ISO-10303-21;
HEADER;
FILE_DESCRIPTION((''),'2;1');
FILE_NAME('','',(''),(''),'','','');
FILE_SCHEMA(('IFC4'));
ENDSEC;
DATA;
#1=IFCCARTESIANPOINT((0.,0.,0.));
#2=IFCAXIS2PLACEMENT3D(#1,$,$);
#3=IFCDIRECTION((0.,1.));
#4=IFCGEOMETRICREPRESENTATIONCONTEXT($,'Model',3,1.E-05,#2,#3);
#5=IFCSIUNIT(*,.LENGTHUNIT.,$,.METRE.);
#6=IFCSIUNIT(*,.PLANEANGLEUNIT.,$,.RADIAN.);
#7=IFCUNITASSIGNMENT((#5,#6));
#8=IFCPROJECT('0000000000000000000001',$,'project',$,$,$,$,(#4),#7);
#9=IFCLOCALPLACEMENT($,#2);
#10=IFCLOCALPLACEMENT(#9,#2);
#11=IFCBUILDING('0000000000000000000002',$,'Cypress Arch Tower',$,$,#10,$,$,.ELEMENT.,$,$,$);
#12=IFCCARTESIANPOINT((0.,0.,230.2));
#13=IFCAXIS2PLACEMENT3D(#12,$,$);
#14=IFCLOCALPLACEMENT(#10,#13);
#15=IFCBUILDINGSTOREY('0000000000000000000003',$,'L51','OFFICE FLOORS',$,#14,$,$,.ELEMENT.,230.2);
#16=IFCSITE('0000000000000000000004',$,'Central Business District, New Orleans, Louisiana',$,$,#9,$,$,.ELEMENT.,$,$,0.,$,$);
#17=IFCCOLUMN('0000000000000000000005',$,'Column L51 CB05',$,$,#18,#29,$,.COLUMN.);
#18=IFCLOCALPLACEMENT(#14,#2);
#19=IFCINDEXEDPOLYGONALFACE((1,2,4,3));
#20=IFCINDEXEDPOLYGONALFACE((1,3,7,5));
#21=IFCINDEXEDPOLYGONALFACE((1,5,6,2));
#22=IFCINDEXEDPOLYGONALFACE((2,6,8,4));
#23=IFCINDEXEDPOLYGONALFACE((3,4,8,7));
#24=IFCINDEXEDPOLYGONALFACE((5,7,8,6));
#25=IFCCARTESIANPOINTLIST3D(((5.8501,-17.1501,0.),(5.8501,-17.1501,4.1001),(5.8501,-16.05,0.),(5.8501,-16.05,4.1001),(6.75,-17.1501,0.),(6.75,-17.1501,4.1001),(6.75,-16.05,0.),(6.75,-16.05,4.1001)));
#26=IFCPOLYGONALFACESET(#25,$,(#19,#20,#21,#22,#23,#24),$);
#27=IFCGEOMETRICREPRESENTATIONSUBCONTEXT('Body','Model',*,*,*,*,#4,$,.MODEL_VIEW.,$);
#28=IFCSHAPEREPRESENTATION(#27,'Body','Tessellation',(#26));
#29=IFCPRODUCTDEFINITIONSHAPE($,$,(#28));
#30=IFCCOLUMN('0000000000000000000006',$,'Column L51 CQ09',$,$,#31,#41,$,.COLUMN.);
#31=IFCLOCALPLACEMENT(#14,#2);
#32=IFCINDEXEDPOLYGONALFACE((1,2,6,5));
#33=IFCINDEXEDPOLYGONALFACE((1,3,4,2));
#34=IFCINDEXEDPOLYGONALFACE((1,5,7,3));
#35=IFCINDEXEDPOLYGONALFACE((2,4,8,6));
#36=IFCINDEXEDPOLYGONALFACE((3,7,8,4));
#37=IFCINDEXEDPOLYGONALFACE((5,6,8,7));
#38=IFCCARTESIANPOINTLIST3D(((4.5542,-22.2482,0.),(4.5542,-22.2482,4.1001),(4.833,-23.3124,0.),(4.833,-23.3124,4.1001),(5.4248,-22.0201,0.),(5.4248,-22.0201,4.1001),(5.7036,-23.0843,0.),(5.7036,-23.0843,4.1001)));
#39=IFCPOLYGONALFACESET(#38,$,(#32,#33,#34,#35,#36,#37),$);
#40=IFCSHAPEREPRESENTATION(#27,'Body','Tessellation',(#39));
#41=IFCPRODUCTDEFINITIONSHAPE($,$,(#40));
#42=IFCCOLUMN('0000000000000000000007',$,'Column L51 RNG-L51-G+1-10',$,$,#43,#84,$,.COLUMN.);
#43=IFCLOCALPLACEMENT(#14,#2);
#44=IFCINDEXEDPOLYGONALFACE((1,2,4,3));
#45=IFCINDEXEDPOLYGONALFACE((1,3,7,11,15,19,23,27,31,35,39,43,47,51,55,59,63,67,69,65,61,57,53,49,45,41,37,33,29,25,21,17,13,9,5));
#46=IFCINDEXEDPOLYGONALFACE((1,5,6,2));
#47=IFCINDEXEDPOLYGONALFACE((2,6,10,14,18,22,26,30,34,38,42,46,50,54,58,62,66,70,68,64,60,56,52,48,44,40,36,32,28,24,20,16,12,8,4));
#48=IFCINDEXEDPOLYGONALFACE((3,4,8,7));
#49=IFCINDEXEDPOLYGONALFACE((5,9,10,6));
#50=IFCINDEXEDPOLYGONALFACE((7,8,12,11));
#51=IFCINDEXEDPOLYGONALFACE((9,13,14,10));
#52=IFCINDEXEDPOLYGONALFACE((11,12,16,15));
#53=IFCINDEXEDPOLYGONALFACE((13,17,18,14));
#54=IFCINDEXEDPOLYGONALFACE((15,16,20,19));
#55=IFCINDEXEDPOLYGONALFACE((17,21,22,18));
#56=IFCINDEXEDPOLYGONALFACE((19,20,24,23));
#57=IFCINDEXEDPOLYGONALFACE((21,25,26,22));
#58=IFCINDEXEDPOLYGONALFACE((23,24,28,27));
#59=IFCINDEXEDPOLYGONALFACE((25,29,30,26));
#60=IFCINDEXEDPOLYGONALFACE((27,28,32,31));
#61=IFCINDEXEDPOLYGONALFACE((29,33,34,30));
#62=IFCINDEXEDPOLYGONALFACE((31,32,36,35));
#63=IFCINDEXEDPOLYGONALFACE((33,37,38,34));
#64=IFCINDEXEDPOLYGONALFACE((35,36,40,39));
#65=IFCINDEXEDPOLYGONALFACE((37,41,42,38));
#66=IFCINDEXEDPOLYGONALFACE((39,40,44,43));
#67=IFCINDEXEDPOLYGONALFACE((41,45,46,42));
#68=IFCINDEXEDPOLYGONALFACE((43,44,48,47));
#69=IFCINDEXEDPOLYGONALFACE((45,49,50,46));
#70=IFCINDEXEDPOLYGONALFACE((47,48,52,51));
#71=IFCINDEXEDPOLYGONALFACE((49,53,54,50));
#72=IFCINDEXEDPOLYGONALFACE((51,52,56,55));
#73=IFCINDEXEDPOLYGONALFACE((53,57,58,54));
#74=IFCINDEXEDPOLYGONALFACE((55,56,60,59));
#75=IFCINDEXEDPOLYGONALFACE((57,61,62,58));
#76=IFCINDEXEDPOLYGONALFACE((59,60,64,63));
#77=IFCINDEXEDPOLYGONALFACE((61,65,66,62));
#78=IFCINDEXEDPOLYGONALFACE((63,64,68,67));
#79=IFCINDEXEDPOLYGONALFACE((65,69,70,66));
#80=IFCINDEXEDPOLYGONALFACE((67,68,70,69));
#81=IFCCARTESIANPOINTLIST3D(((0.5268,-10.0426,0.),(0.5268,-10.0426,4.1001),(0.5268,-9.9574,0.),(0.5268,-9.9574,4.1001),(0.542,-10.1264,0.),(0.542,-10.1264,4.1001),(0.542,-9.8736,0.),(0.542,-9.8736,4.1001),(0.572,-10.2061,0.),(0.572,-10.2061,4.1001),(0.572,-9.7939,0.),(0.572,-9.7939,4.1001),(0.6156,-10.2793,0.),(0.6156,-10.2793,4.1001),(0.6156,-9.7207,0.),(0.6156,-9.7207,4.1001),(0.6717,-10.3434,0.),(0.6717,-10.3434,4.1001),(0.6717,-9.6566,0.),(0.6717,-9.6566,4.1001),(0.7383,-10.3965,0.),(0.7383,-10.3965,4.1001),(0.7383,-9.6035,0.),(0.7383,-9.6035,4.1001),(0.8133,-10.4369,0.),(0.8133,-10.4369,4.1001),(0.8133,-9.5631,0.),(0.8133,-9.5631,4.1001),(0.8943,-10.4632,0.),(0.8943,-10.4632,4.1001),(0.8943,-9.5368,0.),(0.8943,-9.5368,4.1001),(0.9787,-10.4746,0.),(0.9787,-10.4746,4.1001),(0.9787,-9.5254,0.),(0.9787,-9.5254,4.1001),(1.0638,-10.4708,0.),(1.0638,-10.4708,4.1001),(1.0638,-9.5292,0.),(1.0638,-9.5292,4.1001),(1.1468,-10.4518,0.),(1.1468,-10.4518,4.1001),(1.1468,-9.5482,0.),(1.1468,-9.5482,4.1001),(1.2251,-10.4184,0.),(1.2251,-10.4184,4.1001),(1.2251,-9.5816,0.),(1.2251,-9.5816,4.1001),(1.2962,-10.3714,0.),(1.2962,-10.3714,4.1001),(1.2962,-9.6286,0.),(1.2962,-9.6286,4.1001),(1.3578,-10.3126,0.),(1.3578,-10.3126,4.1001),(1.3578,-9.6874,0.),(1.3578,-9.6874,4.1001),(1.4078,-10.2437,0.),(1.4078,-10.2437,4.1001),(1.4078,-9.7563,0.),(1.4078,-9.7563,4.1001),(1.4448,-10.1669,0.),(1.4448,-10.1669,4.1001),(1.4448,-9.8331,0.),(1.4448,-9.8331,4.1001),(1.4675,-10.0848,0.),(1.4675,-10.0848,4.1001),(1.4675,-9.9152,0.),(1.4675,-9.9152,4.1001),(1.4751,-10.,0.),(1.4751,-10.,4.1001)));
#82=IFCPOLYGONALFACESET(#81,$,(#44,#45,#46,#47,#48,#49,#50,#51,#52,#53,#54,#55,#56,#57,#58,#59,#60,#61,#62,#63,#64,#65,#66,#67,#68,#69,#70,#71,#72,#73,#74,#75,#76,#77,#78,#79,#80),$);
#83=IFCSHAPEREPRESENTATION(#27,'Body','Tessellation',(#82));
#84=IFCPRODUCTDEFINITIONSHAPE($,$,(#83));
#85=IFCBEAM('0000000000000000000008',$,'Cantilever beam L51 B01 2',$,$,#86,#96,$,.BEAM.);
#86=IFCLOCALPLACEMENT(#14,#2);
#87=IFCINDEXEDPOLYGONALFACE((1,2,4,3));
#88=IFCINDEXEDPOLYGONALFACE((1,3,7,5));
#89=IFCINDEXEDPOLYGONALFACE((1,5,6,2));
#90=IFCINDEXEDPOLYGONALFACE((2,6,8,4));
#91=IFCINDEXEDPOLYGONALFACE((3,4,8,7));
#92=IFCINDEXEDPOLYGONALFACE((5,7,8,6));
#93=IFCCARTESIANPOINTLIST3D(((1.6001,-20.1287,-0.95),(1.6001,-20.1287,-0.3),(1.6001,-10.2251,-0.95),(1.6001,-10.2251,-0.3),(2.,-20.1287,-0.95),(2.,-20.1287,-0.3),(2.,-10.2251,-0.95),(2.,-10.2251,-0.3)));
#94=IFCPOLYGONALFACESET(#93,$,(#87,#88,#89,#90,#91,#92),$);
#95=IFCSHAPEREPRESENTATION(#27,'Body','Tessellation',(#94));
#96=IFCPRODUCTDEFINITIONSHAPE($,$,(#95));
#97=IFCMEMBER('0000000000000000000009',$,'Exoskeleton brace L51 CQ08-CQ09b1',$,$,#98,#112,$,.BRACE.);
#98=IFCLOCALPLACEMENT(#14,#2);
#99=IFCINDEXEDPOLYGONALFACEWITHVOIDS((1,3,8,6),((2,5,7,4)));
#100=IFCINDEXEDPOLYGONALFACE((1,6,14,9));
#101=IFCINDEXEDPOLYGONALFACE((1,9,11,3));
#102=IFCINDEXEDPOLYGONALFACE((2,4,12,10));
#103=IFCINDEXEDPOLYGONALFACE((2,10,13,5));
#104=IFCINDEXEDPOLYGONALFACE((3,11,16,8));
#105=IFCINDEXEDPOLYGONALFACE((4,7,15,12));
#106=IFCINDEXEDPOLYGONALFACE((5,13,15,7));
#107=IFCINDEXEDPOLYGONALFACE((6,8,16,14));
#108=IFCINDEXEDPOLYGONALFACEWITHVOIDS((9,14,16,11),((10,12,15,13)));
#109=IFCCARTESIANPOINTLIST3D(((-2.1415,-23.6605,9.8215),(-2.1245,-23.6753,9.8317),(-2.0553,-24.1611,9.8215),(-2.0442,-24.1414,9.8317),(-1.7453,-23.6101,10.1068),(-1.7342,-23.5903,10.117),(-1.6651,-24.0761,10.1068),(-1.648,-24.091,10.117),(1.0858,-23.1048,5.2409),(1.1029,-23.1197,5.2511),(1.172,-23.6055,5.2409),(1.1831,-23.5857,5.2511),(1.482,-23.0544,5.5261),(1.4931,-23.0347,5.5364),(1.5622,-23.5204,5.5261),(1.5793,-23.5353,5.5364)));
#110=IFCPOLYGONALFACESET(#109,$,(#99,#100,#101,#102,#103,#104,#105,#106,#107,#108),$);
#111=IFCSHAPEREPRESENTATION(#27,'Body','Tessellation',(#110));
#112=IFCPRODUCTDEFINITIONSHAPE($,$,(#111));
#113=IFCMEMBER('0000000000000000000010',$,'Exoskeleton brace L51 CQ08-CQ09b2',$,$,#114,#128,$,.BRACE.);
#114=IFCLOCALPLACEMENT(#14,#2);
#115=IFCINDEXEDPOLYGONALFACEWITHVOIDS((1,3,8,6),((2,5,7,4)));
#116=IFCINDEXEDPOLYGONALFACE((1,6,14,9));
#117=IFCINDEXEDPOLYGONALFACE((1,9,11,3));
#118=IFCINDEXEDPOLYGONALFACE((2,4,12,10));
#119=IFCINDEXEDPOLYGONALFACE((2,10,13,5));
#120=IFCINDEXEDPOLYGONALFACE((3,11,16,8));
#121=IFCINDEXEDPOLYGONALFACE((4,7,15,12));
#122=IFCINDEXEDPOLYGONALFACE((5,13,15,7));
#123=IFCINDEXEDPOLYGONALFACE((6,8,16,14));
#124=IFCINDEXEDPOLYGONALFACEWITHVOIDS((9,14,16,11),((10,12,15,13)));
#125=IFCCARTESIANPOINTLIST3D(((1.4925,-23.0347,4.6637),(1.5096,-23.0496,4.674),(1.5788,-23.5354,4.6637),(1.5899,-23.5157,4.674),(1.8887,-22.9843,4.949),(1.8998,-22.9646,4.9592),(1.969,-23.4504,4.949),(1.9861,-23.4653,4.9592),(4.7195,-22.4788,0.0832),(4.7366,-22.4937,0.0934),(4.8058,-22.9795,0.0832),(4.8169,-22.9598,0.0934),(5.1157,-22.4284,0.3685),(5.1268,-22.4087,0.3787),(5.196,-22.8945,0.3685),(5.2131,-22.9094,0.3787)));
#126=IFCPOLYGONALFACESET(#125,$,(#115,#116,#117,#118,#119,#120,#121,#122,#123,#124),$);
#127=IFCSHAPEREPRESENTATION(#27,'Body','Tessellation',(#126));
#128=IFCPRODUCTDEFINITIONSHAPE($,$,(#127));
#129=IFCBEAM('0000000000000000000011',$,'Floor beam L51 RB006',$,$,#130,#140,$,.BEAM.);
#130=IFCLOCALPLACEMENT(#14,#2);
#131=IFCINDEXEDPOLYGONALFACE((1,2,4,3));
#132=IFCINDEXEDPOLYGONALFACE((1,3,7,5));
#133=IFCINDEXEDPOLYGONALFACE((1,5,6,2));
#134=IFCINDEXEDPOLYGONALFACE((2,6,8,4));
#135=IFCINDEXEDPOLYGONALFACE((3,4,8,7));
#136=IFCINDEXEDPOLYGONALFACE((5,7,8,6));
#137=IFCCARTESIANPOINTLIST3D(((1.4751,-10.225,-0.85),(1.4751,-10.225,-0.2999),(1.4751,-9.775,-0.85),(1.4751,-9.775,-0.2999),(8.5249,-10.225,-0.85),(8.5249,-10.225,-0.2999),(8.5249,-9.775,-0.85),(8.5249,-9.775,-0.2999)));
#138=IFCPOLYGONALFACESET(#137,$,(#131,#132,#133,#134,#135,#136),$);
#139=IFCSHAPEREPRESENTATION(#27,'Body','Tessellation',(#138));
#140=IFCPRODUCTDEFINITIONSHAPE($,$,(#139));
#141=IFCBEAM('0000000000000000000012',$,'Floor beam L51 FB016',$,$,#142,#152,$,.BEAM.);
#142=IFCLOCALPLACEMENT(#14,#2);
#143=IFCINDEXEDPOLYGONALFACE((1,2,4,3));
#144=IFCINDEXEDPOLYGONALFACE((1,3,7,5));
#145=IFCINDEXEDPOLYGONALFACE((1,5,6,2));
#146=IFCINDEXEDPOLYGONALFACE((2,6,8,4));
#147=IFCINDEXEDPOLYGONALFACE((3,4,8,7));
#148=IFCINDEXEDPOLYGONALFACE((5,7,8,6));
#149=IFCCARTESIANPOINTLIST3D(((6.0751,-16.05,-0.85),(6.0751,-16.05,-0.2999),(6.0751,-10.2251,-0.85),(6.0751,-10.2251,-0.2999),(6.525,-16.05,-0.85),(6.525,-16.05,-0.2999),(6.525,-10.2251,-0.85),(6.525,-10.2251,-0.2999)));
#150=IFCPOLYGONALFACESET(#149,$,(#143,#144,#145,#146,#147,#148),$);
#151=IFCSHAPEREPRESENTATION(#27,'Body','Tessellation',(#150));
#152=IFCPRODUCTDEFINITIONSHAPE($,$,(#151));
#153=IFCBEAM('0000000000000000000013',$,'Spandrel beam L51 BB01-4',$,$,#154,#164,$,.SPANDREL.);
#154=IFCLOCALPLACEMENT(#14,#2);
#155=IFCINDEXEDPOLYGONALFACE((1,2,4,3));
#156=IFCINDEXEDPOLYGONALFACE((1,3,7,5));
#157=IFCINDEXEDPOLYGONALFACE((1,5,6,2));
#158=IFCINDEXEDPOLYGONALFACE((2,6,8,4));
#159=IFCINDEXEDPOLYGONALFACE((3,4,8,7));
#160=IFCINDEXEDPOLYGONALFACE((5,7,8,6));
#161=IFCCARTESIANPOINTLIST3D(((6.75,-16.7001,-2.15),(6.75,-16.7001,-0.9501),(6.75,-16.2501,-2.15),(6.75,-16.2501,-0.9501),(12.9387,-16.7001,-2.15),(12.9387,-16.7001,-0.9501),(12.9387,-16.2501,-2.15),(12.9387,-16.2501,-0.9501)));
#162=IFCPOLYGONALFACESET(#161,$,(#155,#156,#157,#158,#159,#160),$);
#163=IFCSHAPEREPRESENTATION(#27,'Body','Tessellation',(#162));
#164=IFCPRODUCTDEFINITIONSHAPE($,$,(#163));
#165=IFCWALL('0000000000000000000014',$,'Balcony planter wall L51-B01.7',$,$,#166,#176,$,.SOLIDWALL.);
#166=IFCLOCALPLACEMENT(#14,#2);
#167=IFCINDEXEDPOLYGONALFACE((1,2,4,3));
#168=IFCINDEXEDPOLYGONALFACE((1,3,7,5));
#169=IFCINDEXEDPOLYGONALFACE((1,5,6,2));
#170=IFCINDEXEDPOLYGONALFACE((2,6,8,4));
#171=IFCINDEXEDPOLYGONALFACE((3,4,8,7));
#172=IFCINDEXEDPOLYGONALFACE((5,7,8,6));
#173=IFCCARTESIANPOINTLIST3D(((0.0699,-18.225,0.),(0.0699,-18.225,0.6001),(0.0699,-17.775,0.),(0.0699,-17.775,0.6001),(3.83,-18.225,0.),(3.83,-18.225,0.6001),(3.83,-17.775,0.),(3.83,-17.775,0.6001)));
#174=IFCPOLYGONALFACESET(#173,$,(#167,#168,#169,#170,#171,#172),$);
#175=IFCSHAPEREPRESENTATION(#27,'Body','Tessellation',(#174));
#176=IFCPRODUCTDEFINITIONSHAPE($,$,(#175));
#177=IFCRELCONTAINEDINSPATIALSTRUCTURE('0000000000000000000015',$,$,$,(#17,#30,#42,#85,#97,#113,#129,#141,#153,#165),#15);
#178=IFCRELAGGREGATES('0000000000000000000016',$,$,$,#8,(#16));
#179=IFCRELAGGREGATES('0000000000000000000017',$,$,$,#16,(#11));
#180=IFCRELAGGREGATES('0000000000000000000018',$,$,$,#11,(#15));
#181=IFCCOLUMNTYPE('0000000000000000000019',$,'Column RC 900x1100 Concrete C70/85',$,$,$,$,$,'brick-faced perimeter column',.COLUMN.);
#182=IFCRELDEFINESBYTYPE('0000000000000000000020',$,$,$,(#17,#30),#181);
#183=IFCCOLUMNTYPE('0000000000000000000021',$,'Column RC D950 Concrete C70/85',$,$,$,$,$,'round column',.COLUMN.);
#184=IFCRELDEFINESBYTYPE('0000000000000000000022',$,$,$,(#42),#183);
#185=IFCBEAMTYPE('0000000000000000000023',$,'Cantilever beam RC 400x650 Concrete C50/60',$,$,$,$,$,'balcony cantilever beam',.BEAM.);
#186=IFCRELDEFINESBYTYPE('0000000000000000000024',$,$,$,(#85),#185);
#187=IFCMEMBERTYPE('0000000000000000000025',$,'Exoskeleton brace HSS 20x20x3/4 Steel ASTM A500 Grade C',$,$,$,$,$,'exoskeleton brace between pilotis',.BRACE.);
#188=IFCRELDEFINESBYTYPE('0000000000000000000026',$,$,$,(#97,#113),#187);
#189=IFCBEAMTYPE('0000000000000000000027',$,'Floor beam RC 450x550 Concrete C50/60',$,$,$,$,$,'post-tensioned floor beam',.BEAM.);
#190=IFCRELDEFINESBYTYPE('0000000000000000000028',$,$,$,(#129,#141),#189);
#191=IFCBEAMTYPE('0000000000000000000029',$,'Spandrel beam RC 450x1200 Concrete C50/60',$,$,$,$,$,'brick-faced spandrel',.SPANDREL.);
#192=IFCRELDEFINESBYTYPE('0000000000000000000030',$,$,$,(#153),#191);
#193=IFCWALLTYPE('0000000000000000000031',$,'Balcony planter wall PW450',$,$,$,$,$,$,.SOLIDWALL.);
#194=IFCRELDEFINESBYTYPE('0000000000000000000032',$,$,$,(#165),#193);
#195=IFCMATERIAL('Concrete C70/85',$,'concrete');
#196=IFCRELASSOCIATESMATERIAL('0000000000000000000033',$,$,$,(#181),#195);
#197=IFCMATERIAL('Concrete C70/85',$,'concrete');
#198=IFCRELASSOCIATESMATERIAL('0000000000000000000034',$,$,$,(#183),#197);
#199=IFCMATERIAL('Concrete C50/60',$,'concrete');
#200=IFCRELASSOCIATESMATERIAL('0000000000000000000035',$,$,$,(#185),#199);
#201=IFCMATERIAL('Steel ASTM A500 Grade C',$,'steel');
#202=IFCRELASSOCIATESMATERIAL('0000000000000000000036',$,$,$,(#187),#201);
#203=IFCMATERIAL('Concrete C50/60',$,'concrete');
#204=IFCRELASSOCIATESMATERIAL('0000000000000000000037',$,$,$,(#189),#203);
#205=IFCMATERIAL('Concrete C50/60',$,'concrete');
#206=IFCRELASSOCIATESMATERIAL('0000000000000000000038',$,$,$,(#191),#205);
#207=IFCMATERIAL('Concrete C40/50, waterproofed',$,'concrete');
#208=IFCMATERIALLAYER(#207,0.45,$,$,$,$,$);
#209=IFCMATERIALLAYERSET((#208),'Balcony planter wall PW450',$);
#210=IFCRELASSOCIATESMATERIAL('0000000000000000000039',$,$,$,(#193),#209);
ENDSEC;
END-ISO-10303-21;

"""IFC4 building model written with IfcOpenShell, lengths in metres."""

from ifc_helpers import new_model, si_unit, direction, frame, frame_2d, origin, origin_2d, place, context, subcontext, project, spatial, rectangle, hollow_rectangle, circle, extrude, material, layer, layer_set, material_profile, profile_set, type_object, element, save


model = new_model("IFC4")

# Units and contexts
model_context = context("Model", 3, precision=1e-05, world=origin(), true_north=direction((0.0, 1.0)))
body_context = subcontext(model_context, "Body", "Model", "MODEL_VIEW")
ifc_project = project(units=[si_unit("LENGTHUNIT", "METRE"), si_unit("PLANEANGLEUNIT", "RADIAN")], contexts=[model_context])

# Site, building, storey
site_placement = place(None, origin())
site = spatial("IfcSite", under=ifc_project, at=site_placement, Name="Central Business District, New Orleans, Louisiana", CompositionType="ELEMENT", RefElevation=0.0)
building_placement = place(site_placement, origin())
building = spatial("IfcBuilding", under=site, at=building_placement, Name="Cypress Arch Tower", CompositionType="ELEMENT")
storey_placement = place(building_placement, frame((0.0, 0.0, 230.2)))
storey = spatial("IfcBuildingStorey", under=building, at=storey_placement, Name="L51", Description="OFFICE FLOORS", CompositionType="ELEMENT", Elevation=230.2)

# Columns
ifc_material_1 = material(Name="Concrete C70/85", Category="concrete")
ifc_material_profile_1 = material_profile(ifc_material_1, rectangle(XDim=0.8999, YDim=1.1001, at=origin_2d()), Name="RC 900x1100")
ifc_profile_set_1 = profile_set([ifc_material_profile_1], Name="Concrete C70/85")
column_type_1 = type_object("IfcColumnType", Name="Column RC 900x1100 Concrete C70/85", ElementType="brick-faced perimeter column", PredefinedType="COLUMN", material=ifc_profile_set_1)
for number, where, z_axis, x_axis, name in (
    (1, (6.3, -16.6001, 0.0), (0.0, 0.0, 1.0), (1.0, 0.0, 0.0), "Column L51 CB05"),
    (2, (5.1289, -22.6663, 0.0), (0.0, 0.0, 1.0), (0.967356, 0.253422, 0.0), "Column L51 CQ09"),
):
    element("IfcColumn", number, at=place(storey_placement, frame(where, z_axis=z_axis, x_axis=x_axis)), inside=storey, type_object=column_type_1, Name=name, PredefinedType="COLUMN", context=body_context, shape_type="SweptSolid", body=[
        extrude(rectangle(XDim=0.8999, YDim=1.1001, at=origin_2d()), origin(), (0.0, 0.0, 1.0), 4.1001),
    ])
ifc_material_2 = material(Name="Concrete C70/85", Category="concrete")
ifc_material_profile_2 = material_profile(ifc_material_2, circle(Radius=0.4751, at=origin_2d()), Name="RC D950")
ifc_profile_set_2 = profile_set([ifc_material_profile_2], Name="Concrete C70/85")
column_type_2 = type_object("IfcColumnType", Name="Column RC D950 Concrete C70/85", ElementType="round column", PredefinedType="COLUMN", material=ifc_profile_set_2)
column_placement = place(storey_placement, frame((1.0, -10.0, 0.0), z_axis=(0.0, 0.0, 1.0), x_axis=(1.0, 0.0, 0.0)))
element("IfcColumn", 3, at=column_placement, inside=storey, type_object=column_type_2, Name="Column L51 RNG-L51-G+1-10", PredefinedType="COLUMN", context=body_context, shape_type="SweptSolid", body=[
    extrude(circle(Radius=0.4751, at=origin_2d()), origin(), (0.0, 0.0, 1.0), 4.1001),
])

# Beam
ifc_material_3 = material(Name="Concrete C50/60", Category="concrete")
ifc_material_profile_3 = material_profile(ifc_material_3, rectangle(XDim=0.3999, YDim=0.6499, at=origin_2d()), Name="RC 400x650")
ifc_profile_set_3 = profile_set([ifc_material_profile_3], Name="Concrete C50/60")
beam_type_1 = type_object("IfcBeamType", Name="Cantilever beam RC 400x650 Concrete C50/60", ElementType="balcony cantilever beam", PredefinedType="BEAM", material=ifc_profile_set_3)
beam_1_placement = place(storey_placement, frame((1.8, -10.2251, -0.625), z_axis=(0.0, -1.0, 0.0), x_axis=(1.0, 0.0, 0.0)))
element("IfcBeam", 4, at=beam_1_placement, inside=storey, type_object=beam_type_1, Name="Cantilever beam L51 B01 2", PredefinedType="BEAM", context=body_context, shape_type="SweptSolid", body=[
    extrude(rectangle(XDim=0.3999, YDim=0.6499, at=origin_2d()), origin(), (0.0, 0.0, 1.0), 9.9036),
])

# Members
ifc_material_4 = material(Name="Steel ASTM A500 Grade C", Category="steel")
ifc_material_profile_4 = material_profile(ifc_material_4, hollow_rectangle(XDim=0.5081, YDim=0.5081, WallThickness=0.0176, at=origin_2d()), Name="HSS 20x20x3/4")
ifc_profile_set_4 = profile_set([ifc_material_profile_4], Name="Steel ASTM A500 Grade C")
member_type = type_object("IfcMemberType", Name="Exoskeleton brace HSS 20x20x3/4 Steel ASTM A500 Grade C", ElementType="exoskeleton brace between pilotis", PredefinedType="BRACE", material=ifc_profile_set_4)
member_1_placement = place(storey_placement, frame((-1.8948, -23.8757, 9.9692), z_axis=(0.573151, 0.098683, -0.813486), x_axis=(-0.16968, 0.985499, 0.0)))
element("IfcMember", 5, at=member_1_placement, inside=storey, type_object=member_type, Name="Exoskeleton brace L51 CQ08-CQ09b1", PredefinedType="BRACE", context=body_context, shape_type="SweptSolid", body=[
    extrude(hollow_rectangle(XDim=0.5081, YDim=0.5081, WallThickness=0.0176, at=origin_2d()), origin(), (0.0, 0.0, 1.0), 5.6309),
])
member_2_placement = place(storey_placement, frame((4.9663, -22.6941, 0.231), z_axis=(-0.57312, -0.098729, 0.813502), x_axis=(0.169765, -0.985485, 0.0)))
element("IfcMember", 6, at=member_2_placement, inside=storey, type_object=member_type, Name="Exoskeleton brace L51 CQ08-CQ09b2", PredefinedType="BRACE", context=body_context, shape_type="SweptSolid", body=[
    extrude(hollow_rectangle(XDim=0.5081, YDim=0.5081, WallThickness=0.0176, at=origin_2d()), origin(), (0.0, 0.0, 1.0), 5.6306),
])

# Beams
ifc_material_5 = material(Name="Concrete C50/60", Category="concrete")
ifc_material_profile_5 = material_profile(ifc_material_5, rectangle(XDim=0.45, YDim=0.55, at=origin_2d()), Name="RC 450x550")
ifc_profile_set_5 = profile_set([ifc_material_profile_5], Name="Concrete C50/60")
beam_type_2 = type_object("IfcBeamType", Name="Floor beam RC 450x550 Concrete C50/60", ElementType="post-tensioned floor beam", PredefinedType="BEAM", material=ifc_profile_set_5)
beam_2_placement = place(storey_placement, frame((1.4751, -10.0, -0.575), z_axis=(1.0, 0.0, 0.0), x_axis=(0.0, 1.0, 0.0)))
element("IfcBeam", 7, at=beam_2_placement, inside=storey, type_object=beam_type_2, Name="Floor beam L51 RB006", PredefinedType="BEAM", context=body_context, shape_type="SweptSolid", body=[
    extrude(rectangle(XDim=0.45, YDim=0.55, at=origin_2d()), origin(), (0.0, 0.0, 1.0), 7.0498),
])
beam_3_placement = place(storey_placement, frame((6.3, -16.05, -0.575), z_axis=(0.0, 1.0, 0.0), x_axis=(-1.0, 0.0, 0.0)))
element("IfcBeam", 8, at=beam_3_placement, inside=storey, type_object=beam_type_2, Name="Floor beam L51 FB016", PredefinedType="BEAM", context=body_context, shape_type="SweptSolid", body=[
    extrude(rectangle(XDim=0.45, YDim=0.55, at=origin_2d()), origin(), (0.0, 0.0, 1.0), 5.825),
])
ifc_material_6 = material(Name="Concrete C50/60", Category="concrete")
ifc_material_profile_6 = material_profile(ifc_material_6, rectangle(XDim=0.45, YDim=1.2, at=origin_2d()), Name="RC 450x1200")
ifc_profile_set_6 = profile_set([ifc_material_profile_6], Name="Concrete C50/60")
beam_type_3 = type_object("IfcBeamType", Name="Spandrel beam RC 450x1200 Concrete C50/60", ElementType="brick-faced spandrel", PredefinedType="SPANDREL", material=ifc_profile_set_6)
beam_4_placement = place(storey_placement, frame((6.75, -16.4751, -1.55), z_axis=(1.0, 0.0, 0.0), x_axis=(0.0, 1.0, 0.0)))
element("IfcBeam", 9, at=beam_4_placement, inside=storey, type_object=beam_type_3, Name="Spandrel beam L51 BB01-4", PredefinedType="SPANDREL", context=body_context, shape_type="SweptSolid", body=[
    extrude(rectangle(XDim=0.45, YDim=1.2, at=origin_2d()), origin(), (0.0, 0.0, 1.0), 6.1887),
])

# Wall
ifc_material_7 = material(Name="Concrete C40/50, waterproofed", Category="concrete")
ifc_layer_1 = layer(ifc_material_7, 0.45)
ifc_layer_set_1 = layer_set([ifc_layer_1], Name="Balcony planter wall PW450")
wall_type_1 = type_object("IfcWallType", Name="Balcony planter wall PW450", PredefinedType="SOLIDWALL", material=ifc_layer_set_1)
wall_1_placement = place(storey_placement, frame((0.0701, -18.0, 0.0), z_axis=(0.0, 0.0, 1.0), x_axis=(1.0, 0.0, 0.0)))
element("IfcWall", 10, at=wall_1_placement, inside=storey, type_object=wall_type_1, Name="Balcony planter wall L51-B01.7", PredefinedType="SOLIDWALL", context=body_context, shape_type="SweptSolid", body=[
    extrude(rectangle(XDim=3.76, YDim=0.45, at=frame_2d((1.8799, 0.0))), origin(), (0.0, 0.0, 1.0), 0.6001),
])

save(model, "model.ifc")
